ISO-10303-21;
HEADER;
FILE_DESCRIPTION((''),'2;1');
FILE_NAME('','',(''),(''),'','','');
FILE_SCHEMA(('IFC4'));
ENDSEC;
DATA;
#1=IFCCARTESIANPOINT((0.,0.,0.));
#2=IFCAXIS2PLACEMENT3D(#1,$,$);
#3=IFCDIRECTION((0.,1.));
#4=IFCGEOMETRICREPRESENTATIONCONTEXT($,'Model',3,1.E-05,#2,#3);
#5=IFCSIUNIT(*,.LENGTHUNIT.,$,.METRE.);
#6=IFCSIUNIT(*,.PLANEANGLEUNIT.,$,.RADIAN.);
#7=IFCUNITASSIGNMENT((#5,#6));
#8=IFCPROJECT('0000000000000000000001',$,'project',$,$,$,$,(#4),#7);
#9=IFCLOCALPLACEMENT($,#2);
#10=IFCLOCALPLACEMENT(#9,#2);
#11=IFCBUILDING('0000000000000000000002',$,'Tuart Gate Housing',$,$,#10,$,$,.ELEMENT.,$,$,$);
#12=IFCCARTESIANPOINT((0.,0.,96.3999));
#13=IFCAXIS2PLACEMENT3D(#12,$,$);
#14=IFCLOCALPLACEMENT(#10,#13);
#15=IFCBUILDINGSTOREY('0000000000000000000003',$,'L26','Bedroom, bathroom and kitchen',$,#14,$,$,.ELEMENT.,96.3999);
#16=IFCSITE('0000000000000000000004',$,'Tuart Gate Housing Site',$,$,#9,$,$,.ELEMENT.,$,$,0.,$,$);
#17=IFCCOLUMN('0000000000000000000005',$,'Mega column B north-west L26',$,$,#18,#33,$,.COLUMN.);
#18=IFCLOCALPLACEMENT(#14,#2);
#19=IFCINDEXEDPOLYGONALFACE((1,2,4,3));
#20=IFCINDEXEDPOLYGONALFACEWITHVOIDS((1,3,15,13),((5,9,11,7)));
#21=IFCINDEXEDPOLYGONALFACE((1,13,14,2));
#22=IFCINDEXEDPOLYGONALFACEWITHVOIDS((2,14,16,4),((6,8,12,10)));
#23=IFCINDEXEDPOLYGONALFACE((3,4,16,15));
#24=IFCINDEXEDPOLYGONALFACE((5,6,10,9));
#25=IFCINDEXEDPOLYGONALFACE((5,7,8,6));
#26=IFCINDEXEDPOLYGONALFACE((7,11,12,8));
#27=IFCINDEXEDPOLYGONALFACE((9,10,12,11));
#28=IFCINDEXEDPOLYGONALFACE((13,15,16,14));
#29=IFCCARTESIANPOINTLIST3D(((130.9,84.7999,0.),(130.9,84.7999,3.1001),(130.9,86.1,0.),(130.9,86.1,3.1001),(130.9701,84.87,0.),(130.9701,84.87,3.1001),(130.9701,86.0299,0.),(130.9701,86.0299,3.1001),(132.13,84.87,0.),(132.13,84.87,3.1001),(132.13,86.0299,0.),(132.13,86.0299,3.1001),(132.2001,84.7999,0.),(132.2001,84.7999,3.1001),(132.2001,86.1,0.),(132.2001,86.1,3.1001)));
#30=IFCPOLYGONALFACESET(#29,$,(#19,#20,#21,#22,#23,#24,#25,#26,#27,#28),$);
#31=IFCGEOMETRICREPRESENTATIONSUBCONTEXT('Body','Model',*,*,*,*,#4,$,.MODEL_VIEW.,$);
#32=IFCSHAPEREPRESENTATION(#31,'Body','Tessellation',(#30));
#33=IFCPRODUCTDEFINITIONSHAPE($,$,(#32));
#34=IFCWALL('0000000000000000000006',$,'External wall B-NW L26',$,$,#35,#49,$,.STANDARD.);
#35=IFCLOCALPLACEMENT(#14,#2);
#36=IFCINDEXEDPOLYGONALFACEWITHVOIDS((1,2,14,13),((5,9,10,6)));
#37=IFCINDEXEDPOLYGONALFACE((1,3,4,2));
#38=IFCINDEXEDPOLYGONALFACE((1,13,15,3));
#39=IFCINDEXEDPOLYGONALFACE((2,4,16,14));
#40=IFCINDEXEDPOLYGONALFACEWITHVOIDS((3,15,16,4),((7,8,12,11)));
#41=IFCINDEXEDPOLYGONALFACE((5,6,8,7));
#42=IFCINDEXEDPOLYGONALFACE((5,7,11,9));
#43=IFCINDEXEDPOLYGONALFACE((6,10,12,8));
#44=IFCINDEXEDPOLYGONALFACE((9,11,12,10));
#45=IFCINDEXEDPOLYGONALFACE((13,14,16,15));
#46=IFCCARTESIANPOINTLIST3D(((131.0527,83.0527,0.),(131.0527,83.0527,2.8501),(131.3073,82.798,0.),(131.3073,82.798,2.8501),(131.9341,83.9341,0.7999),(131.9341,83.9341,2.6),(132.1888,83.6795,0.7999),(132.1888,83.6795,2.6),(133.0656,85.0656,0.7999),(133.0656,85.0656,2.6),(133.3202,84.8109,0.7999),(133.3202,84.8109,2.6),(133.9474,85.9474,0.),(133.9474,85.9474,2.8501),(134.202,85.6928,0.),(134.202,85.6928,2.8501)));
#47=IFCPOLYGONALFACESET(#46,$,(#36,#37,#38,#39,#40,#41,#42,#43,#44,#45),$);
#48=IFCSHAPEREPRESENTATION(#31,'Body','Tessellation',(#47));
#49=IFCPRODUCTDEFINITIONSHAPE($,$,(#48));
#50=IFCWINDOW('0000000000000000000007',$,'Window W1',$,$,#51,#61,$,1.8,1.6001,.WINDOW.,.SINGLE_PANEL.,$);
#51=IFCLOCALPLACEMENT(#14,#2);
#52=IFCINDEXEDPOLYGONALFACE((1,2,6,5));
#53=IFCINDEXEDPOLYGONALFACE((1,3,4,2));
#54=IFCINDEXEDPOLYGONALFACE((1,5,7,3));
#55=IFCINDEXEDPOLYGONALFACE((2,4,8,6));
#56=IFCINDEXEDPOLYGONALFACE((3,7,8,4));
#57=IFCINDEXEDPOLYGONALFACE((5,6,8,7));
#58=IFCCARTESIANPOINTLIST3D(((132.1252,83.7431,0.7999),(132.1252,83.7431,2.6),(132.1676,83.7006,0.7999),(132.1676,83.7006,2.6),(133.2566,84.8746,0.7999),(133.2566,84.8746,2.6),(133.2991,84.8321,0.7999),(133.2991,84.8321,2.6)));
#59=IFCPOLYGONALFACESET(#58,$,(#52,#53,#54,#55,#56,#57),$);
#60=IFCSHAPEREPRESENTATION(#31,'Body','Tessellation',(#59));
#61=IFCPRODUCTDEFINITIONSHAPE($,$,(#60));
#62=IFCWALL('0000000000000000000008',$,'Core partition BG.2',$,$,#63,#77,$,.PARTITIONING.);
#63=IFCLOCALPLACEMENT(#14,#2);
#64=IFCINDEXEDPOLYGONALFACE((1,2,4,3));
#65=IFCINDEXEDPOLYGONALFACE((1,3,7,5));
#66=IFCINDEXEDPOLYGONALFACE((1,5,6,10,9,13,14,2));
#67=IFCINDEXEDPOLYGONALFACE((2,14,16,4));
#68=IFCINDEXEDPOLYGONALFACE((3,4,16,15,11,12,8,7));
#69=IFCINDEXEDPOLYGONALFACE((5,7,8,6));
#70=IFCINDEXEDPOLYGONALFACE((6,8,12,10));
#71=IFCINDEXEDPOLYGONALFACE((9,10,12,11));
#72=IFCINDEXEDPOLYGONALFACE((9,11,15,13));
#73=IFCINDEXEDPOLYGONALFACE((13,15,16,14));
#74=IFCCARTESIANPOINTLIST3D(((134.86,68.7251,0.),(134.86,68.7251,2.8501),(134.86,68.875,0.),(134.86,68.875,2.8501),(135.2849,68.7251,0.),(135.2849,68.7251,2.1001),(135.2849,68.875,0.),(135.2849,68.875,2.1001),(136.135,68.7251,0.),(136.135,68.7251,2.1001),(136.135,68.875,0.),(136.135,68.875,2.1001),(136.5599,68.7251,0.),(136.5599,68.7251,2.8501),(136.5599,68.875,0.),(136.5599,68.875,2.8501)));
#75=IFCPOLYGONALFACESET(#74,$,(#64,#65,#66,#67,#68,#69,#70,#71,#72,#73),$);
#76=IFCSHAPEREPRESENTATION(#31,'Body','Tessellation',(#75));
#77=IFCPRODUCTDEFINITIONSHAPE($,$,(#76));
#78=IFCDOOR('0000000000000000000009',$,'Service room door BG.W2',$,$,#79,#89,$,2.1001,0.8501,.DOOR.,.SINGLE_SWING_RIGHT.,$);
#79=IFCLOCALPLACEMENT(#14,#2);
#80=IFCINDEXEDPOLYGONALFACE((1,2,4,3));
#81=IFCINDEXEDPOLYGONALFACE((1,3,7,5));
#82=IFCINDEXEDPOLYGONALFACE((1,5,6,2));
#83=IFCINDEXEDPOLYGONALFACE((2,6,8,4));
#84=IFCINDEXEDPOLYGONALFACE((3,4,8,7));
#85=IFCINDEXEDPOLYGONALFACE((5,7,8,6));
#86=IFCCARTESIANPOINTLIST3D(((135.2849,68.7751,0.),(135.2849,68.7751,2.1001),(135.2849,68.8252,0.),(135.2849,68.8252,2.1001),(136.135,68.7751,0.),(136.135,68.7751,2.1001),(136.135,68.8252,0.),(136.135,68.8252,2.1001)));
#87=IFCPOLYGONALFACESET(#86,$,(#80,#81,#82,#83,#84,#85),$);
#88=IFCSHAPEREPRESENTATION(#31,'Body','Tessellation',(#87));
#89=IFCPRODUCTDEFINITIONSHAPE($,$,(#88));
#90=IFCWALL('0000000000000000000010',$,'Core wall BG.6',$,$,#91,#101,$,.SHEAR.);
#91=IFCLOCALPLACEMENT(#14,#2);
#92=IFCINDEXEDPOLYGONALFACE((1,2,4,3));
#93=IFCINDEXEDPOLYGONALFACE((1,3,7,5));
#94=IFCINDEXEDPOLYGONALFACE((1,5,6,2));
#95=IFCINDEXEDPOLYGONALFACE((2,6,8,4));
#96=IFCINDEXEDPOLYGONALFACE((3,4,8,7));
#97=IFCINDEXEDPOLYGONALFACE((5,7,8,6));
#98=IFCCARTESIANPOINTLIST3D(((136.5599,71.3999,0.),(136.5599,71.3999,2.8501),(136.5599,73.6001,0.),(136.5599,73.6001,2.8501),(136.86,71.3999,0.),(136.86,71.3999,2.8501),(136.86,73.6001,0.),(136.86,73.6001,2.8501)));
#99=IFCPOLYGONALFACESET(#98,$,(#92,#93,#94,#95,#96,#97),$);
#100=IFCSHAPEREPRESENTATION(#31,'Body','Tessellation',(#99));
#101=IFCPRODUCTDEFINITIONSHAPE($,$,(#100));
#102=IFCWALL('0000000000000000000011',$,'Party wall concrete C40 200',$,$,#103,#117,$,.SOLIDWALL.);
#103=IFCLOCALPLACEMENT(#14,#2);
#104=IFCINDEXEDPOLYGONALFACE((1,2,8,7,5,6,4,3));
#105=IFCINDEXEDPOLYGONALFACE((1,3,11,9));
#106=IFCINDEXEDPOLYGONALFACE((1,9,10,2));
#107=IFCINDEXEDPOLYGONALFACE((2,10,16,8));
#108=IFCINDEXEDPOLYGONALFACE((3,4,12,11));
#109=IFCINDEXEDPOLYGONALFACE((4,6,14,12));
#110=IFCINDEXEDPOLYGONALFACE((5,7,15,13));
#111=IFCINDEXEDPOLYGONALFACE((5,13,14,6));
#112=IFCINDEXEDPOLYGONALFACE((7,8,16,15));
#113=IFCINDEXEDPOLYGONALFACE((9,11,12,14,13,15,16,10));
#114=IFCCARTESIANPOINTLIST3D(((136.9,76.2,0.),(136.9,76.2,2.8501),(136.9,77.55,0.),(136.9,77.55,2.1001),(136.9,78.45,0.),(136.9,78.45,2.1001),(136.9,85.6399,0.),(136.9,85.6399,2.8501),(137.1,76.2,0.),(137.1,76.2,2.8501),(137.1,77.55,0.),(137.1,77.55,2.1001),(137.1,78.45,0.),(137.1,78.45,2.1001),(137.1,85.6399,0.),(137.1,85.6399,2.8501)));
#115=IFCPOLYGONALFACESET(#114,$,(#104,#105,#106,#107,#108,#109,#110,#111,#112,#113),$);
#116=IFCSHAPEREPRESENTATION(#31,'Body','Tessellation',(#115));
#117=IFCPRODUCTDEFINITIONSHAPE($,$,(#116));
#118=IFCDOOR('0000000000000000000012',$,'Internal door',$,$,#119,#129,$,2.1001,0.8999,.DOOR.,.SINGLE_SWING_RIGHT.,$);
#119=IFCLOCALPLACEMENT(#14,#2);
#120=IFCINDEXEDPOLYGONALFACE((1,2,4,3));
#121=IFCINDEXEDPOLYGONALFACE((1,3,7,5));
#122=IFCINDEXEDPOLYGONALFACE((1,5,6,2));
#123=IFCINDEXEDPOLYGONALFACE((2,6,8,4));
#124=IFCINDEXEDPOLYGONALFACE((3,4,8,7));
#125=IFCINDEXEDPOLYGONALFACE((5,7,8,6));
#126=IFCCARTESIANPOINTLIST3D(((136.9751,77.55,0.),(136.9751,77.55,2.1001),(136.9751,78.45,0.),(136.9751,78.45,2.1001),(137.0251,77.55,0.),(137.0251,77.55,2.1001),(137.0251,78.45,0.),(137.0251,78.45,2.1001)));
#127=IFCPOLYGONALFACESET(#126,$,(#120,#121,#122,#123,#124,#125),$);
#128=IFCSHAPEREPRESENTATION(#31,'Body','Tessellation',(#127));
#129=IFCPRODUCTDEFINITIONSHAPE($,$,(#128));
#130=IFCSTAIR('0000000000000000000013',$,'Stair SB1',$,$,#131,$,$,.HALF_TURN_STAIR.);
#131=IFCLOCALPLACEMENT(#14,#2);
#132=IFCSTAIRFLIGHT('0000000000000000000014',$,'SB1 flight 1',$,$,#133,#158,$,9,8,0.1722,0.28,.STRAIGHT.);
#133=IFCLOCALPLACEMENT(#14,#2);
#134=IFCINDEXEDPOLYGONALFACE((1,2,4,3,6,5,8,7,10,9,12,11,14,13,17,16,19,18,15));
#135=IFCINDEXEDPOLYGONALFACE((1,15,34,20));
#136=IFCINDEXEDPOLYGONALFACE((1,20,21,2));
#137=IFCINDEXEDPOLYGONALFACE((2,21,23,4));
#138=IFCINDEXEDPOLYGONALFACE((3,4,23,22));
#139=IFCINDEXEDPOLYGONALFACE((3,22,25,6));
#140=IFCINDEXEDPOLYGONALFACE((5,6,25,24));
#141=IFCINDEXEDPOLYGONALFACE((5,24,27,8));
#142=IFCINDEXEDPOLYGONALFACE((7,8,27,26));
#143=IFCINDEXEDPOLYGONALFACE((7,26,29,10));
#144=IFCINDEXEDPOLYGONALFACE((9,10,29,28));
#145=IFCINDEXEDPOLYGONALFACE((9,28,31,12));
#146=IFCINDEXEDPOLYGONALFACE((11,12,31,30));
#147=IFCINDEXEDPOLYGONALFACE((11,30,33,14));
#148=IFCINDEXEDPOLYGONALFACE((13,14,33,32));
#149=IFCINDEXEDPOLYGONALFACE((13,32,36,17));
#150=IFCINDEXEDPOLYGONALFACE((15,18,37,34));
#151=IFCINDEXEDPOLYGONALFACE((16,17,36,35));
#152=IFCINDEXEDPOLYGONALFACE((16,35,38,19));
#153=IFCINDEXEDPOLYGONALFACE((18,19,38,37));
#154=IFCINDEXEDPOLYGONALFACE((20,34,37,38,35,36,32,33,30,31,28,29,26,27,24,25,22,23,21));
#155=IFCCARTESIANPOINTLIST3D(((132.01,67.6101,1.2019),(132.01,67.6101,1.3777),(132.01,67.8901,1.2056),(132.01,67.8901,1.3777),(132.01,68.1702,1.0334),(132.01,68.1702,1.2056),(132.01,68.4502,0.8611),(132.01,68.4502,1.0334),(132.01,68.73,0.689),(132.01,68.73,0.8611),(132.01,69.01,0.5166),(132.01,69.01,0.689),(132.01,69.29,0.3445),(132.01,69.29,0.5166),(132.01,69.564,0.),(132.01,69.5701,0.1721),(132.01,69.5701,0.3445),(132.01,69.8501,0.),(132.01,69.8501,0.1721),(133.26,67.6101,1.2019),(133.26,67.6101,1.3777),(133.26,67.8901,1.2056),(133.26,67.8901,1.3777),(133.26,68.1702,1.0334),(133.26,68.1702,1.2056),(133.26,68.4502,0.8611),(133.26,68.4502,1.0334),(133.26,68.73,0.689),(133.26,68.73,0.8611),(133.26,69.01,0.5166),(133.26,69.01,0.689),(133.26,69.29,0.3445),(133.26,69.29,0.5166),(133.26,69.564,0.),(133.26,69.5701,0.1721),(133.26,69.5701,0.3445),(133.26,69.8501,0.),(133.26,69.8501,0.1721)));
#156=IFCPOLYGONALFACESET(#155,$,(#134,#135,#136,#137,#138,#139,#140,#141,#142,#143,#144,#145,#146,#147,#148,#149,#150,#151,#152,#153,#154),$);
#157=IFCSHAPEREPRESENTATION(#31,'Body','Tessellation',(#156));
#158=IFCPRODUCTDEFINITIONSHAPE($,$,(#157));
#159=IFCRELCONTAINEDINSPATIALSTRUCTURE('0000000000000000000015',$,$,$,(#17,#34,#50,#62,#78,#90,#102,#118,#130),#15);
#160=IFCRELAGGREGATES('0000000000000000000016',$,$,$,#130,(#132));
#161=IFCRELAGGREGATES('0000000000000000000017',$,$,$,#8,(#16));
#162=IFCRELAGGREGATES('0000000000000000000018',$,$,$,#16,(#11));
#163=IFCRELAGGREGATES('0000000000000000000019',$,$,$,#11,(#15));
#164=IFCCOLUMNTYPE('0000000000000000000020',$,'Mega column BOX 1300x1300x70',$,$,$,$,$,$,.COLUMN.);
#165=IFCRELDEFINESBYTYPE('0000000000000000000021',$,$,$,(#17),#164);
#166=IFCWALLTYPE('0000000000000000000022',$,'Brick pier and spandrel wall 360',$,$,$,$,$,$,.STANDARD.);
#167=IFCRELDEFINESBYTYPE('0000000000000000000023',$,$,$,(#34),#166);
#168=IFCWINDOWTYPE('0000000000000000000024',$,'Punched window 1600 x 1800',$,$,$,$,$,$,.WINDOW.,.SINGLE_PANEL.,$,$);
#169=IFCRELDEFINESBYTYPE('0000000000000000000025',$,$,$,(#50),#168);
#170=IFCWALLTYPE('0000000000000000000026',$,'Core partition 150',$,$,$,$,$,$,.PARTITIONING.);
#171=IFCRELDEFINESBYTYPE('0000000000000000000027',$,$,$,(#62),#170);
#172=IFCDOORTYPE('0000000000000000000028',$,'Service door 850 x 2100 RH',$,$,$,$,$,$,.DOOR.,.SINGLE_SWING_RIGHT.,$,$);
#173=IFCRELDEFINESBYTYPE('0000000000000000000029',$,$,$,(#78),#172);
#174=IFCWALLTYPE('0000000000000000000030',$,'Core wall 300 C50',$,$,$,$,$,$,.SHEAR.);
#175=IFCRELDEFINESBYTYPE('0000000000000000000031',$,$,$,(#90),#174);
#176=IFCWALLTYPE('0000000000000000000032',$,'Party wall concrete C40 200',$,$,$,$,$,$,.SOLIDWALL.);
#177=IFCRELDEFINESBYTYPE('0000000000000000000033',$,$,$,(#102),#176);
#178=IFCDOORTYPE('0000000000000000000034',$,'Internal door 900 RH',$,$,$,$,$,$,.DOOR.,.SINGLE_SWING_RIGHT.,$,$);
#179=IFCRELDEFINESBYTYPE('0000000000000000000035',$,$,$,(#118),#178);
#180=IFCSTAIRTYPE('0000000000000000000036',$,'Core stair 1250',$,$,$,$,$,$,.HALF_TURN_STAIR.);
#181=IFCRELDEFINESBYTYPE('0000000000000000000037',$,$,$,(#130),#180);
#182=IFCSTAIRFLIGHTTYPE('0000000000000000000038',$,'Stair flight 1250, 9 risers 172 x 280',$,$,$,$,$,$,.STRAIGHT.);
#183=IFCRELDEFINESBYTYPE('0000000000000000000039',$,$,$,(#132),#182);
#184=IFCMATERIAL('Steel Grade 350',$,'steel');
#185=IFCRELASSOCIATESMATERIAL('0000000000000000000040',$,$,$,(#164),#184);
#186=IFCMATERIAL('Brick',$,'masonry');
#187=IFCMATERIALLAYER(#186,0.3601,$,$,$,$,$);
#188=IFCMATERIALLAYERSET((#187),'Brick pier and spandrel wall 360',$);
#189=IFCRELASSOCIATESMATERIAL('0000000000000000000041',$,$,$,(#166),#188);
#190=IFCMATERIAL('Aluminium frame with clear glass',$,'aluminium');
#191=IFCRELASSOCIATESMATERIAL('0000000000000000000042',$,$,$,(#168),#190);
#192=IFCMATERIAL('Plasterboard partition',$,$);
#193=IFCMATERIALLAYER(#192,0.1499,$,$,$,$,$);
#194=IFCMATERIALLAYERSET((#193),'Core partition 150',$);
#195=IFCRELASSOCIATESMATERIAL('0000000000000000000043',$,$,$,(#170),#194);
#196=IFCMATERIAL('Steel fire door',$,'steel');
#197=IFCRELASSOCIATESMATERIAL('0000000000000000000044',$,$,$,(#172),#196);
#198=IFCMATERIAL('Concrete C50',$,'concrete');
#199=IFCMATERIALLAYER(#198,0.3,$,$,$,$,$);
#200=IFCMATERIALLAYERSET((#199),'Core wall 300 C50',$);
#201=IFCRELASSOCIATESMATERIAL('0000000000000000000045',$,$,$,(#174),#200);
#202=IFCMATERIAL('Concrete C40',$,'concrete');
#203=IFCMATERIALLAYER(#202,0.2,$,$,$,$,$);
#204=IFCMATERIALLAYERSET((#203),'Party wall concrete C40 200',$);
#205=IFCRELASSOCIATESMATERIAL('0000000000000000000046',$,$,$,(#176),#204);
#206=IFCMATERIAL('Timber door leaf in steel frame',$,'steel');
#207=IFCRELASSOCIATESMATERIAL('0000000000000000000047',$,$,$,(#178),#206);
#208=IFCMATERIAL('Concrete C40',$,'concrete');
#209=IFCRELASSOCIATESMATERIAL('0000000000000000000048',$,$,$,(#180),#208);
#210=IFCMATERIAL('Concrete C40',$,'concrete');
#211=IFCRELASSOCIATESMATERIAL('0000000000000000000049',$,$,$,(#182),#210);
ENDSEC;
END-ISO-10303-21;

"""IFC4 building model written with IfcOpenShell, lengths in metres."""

from ifc_helpers import new_model, si_unit, direction, frame, frame_2d, origin, origin_2d, place, context, subcontext, project, spatial, polyline, rectangle, hollow_rectangle, outline, extrude, material, layer, layer_set, material_profile, profile_set, type_object, element, fill, aggregate, save


model = new_model("IFC4")

# Units and contexts
model_context = context("Model", 3, precision=1e-05, world=origin(), true_north=direction((0.0, 1.0)))
body_context = subcontext(model_context, "Body", "Model", "MODEL_VIEW")
ifc_project = project(units=[si_unit("LENGTHUNIT", "METRE"), si_unit("PLANEANGLEUNIT", "RADIAN")], contexts=[model_context])

# Site, building, storey
site_placement = place(None, origin())
site = spatial("IfcSite", under=ifc_project, at=site_placement, Name="Tuart Gate Housing Site", CompositionType="ELEMENT", RefElevation=0.0)
building_placement = place(site_placement, origin())
building = spatial("IfcBuilding", under=site, at=building_placement, Name="Tuart Gate Housing", CompositionType="ELEMENT")
storey_placement = place(building_placement, frame((0.0, 0.0, 96.3999)))
storey = spatial("IfcBuildingStorey", under=building, at=storey_placement, Name="L26", Description="Bedroom, bathroom and kitchen", CompositionType="ELEMENT", Elevation=96.3999)

# Column
ifc_material_1 = material(Name="Steel Grade 350", Category="steel")
ifc_material_profile = material_profile(ifc_material_1, hollow_rectangle(XDim=1.3, YDim=1.3, WallThickness=0.0701, at=origin_2d()), Name="BOX 1300x1300x70")
ifc_profile_set = profile_set([ifc_material_profile], Name="Steel Grade 350")
column_type = type_object("IfcColumnType", Name="Mega column BOX 1300x1300x70", PredefinedType="COLUMN", material=ifc_profile_set)
column_placement = place(storey_placement, frame((131.55, 85.45, 0.0), z_axis=(0.0, 0.0, 1.0), x_axis=(1.0, 0.0, 0.0)))
element("IfcColumn", 1, at=column_placement, inside=storey, type_object=column_type, Name="Mega column B north-west L26", PredefinedType="COLUMN", context=body_context, shape_type="SweptSolid", body=[
    extrude(hollow_rectangle(XDim=1.3, YDim=1.3, WallThickness=0.0701, at=origin_2d()), origin(), (0.0, 0.0, 1.0), 3.1001),
])

# Wall, opening, window
ifc_material_2 = material(Name="Brick", Category="masonry")
ifc_layer_1 = layer(ifc_material_2, 0.3601)
ifc_layer_set_1 = layer_set([ifc_layer_1], Name="Brick pier and spandrel wall 360")
wall_type_1 = type_object("IfcWallType", Name="Brick pier and spandrel wall 360", PredefinedType="STANDARD", material=ifc_layer_set_1)
wall_1_placement = place(storey_placement, frame((134.0747, 85.8201, 0.0), z_axis=(0.0, 0.0, 1.0), x_axis=(-0.707107, -0.707107, 0.0)))
wall_1 = element("IfcWall", 2, at=wall_1_placement, inside=storey, type_object=wall_type_1, Name="External wall B-NW L26", PredefinedType="STANDARD", context=body_context, shape_type="SweptSolid", body=[
    extrude(rectangle(XDim=4.0938, YDim=0.3601, at=frame_2d((2.0469, 0.0))), origin(), (0.0, 0.0, 1.0), 2.8501),
])
opening_1_placement = place(wall_1_placement, frame((1.2471, 0.0, 0.8)))
opening_1 = element("IfcOpeningElement", 3, at=opening_1_placement, cuts=wall_1, PredefinedType="OPENING", context=body_context, shape_type="SweptSolid", body=[
    extrude(rectangle(XDim=1.6001, YDim=1.8, at=frame_2d((0.8, 0.8999))), frame((0.0, 0.1899, 0.0), z_axis=(0.0, -1.0, 0.0), x_axis=(1.0, 0.0, 0.0)), (0.0, 0.0, 1.0), 0.3801),
])
ifc_material_3 = material(Name="Aluminium frame with clear glass", Category="aluminium")
window_type = type_object("IfcWindowType", Name="Punched window 1600 x 1800", PartitioningType="SINGLE_PANEL", PredefinedType="WINDOW", material=ifc_material_3)
window_placement = place(opening_1_placement, origin())
window = element("IfcWindow", 4, at=window_placement, inside=storey, type_object=window_type, Name="Window W1", OverallHeight=1.8, OverallWidth=1.6001, PartitioningType="SINGLE_PANEL", PredefinedType="WINDOW", context=body_context, shape_type="SweptSolid", body=[
    extrude(rectangle(XDim=1.6001, YDim=1.8, at=frame_2d((0.8, 0.8999))), frame((0.0, 0.1501, 0.0), z_axis=(0.0, -1.0, 0.0), x_axis=(1.0, 0.0, 0.0)), (0.0, 0.0, 1.0), 0.0601),
])
fill(opening_1, window)

# Wall, opening, door
ifc_material_4 = material(Name="Plasterboard partition")
ifc_layer_2 = layer(ifc_material_4, 0.1499)
ifc_layer_set_2 = layer_set([ifc_layer_2], Name="Core partition 150")
wall_type_2 = type_object("IfcWallType", Name="Core partition 150", PredefinedType="PARTITIONING", material=ifc_layer_set_2)
wall_2_placement = place(storey_placement, frame((136.5601, 68.8, 0.0), z_axis=(0.0, 0.0, 1.0), x_axis=(-1.0, 0.0, 0.0)))
wall_2 = element("IfcWall", 5, at=wall_2_placement, inside=storey, type_object=wall_type_2, Name="Core partition BG.2", PredefinedType="PARTITIONING", context=body_context, shape_type="SweptSolid", body=[
    extrude(rectangle(XDim=1.7, YDim=0.1499, at=frame_2d((0.8501, 0.0))), origin(), (0.0, 0.0, 1.0), 2.8501),
])
opening_2_placement = place(wall_2_placement, frame((0.425, 0.0, 0.0)))
opening_2 = element("IfcOpeningElement", 6, at=opening_2_placement, cuts=wall_2, PredefinedType="OPENING", context=body_context, shape_type="SweptSolid", body=[
    extrude(rectangle(XDim=0.8501, YDim=2.1001, at=frame_2d((0.425, 1.05))), frame((0.0, 0.085, 0.0), z_axis=(0.0, -1.0, 0.0), x_axis=(1.0, 0.0, 0.0)), (0.0, 0.0, 1.0), 0.1699),
])
ifc_material_5 = material(Name="Steel fire door", Category="steel")
door_type_1 = type_object("IfcDoorType", Name="Service door 850 x 2100 RH", OperationType="SINGLE_SWING_RIGHT", PredefinedType="DOOR", material=ifc_material_5)
door_1_placement = place(opening_2_placement, frame((0.8501, 0.0, 0.0), z_axis=(0.0, 0.0, 1.0), x_axis=(-1.0, 0.0, 0.0)))
door_1 = element("IfcDoor", 7, at=door_1_placement, inside=storey, type_object=door_type_1, Name="Service room door BG.W2", OperationType="SINGLE_SWING_RIGHT", OverallHeight=2.1001, OverallWidth=0.8501, PredefinedType="DOOR", context=body_context, shape_type="SweptSolid", body=[
    extrude(rectangle(XDim=0.8501, YDim=2.1001, at=frame_2d((0.425, 1.05))), frame((0.0, 0.0251, 0.0), z_axis=(0.0, -1.0, 0.0), x_axis=(1.0, 0.0, 0.0)), (0.0, 0.0, 1.0), 0.05),
])
fill(opening_2, door_1)

# Wall
ifc_material_6 = material(Name="Concrete C50", Category="concrete")
ifc_layer_3 = layer(ifc_material_6, 0.3)
ifc_layer_set_3 = layer_set([ifc_layer_3], Name="Core wall 300 C50")
wall_type_3 = type_object("IfcWallType", Name="Core wall 300 C50", PredefinedType="SHEAR", material=ifc_layer_set_3)
wall_3_placement = place(storey_placement, frame((136.71, 71.3999, 0.0), z_axis=(0.0, 0.0, 1.0), x_axis=(0.0, 1.0, 0.0)))
element("IfcWall", 8, at=wall_3_placement, inside=storey, type_object=wall_type_3, Name="Core wall BG.6", PredefinedType="SHEAR", context=body_context, shape_type="SweptSolid", body=[
    extrude(rectangle(XDim=2.2002, YDim=0.3, at=frame_2d((1.1001, 0.0))), origin(), (0.0, 0.0, 1.0), 2.8501),
])

# Wall, opening, door
ifc_material_7 = material(Name="Concrete C40", Category="concrete")
ifc_layer_4 = layer(ifc_material_7, 0.2)
ifc_layer_set_4 = layer_set([ifc_layer_4], Name="Party wall concrete C40 200")
wall_type_4 = type_object("IfcWallType", Name="Party wall concrete C40 200", PredefinedType="SOLIDWALL", material=ifc_layer_set_4)
wall_4_placement = place(storey_placement, frame((137.0, 76.2, 0.0), z_axis=(0.0, 0.0, 1.0), x_axis=(0.0, 1.0, 0.0)))
wall_4 = element("IfcWall", 9, at=wall_4_placement, inside=storey, type_object=wall_type_4, Name="Party wall concrete C40 200", PredefinedType="SOLIDWALL", context=body_context, shape_type="SweptSolid", body=[
    extrude(rectangle(XDim=9.4399, YDim=0.2, at=frame_2d((4.72, 0.0))), origin(), (0.0, 0.0, 1.0), 2.8501),
])
opening_3_placement = place(wall_4_placement, frame((1.3501, 0.0, 0.0)))
opening_3 = element("IfcOpeningElement", 10, at=opening_3_placement, cuts=wall_4, PredefinedType="OPENING", context=body_context, shape_type="SweptSolid", body=[
    extrude(rectangle(XDim=0.8999, YDim=2.1001, at=frame_2d((0.45, 1.05))), frame((0.0, 0.1099, 0.0), z_axis=(0.0, -1.0, 0.0), x_axis=(1.0, 0.0, 0.0)), (0.0, 0.0, 1.0), 0.22),
])
ifc_material_8 = material(Name="Timber door leaf in steel frame", Category="steel")
door_type_2 = type_object("IfcDoorType", Name="Internal door 900 RH", OperationType="SINGLE_SWING_RIGHT", PredefinedType="DOOR", material=ifc_material_8)
door_2_placement = place(opening_3_placement, frame((0.8999, 0.0, 0.0), z_axis=(0.0, 0.0, 1.0), x_axis=(-1.0, 0.0, 0.0)))
door_2 = element("IfcDoor", 11, at=door_2_placement, inside=storey, type_object=door_type_2, Name="Internal door", OperationType="SINGLE_SWING_RIGHT", OverallHeight=2.1001, OverallWidth=0.8999, PredefinedType="DOOR", context=body_context, shape_type="SweptSolid", body=[
    extrude(rectangle(XDim=0.8999, YDim=2.1001, at=frame_2d((0.45, 1.05))), frame((0.0, 0.0251, 0.0), z_axis=(0.0, -1.0, 0.0), x_axis=(1.0, 0.0, 0.0)), (0.0, 0.0, 1.0), 0.05),
])
fill(opening_3, door_2)

# Stair, stair flight
ifc_material_9 = material(Name="Concrete C40", Category="concrete")
stair_type = type_object("IfcStairType", Name="Core stair 1250", PredefinedType="HALF_TURN_STAIR", material=ifc_material_9)
stair_placement = place(storey_placement, origin())
stair = element("IfcStair", 12, at=stair_placement, inside=storey, type_object=stair_type, Name="Stair SB1", PredefinedType="HALF_TURN_STAIR")
ifc_material_10 = material(Name="Concrete C40", Category="concrete")
stair_flight_type = type_object("IfcStairFlightType", Name="Stair flight 1250, 9 risers 172 x 280", PredefinedType="STRAIGHT", material=ifc_material_10)
stair_flight_placement = place(storey_placement, frame((132.635, 69.8501, 0.0), z_axis=(0.0, 0.0, 1.0), x_axis=(0.0, -1.0, 0.0)))
stair_flight = element("IfcStairFlight", 13, at=stair_flight_placement, type_object=stair_flight_type, Name="SB1 flight 1", NumberOfRisers=9, NumberOfTreads=8, PredefinedType="STRAIGHT", RiserHeight=0.1722, TreadLength=0.28, context=body_context, shape_type="SweptSolid", body=[
    extrude(outline(polyline([(0.0, 0.0), (0.0, 0.1721), (0.28, 0.1721), (0.28, 0.3445), (0.5601, 0.3445), (0.5601, 0.5166), (0.8401, 0.5166), (0.8401, 0.689), (1.1201, 0.689), (1.1201, 0.8611), (1.3999, 0.8611), (1.3999, 1.0334), (1.6799, 1.0334), (1.6799, 1.2056), (1.96, 1.2056), (1.96, 1.3777), (2.24, 1.3777), (2.24, 1.55), (2.24, 1.2019), (0.2861, 0.0), (0.0, 0.0)])), frame((0.0, 0.625, 0.0), z_axis=(0.0, -1.0, 0.0), x_axis=(1.0, 0.0, 0.0)), (0.0, 0.0, 1.0), 1.25),
])
aggregate(stair, [stair_flight])

save(model, "model.ifc")
